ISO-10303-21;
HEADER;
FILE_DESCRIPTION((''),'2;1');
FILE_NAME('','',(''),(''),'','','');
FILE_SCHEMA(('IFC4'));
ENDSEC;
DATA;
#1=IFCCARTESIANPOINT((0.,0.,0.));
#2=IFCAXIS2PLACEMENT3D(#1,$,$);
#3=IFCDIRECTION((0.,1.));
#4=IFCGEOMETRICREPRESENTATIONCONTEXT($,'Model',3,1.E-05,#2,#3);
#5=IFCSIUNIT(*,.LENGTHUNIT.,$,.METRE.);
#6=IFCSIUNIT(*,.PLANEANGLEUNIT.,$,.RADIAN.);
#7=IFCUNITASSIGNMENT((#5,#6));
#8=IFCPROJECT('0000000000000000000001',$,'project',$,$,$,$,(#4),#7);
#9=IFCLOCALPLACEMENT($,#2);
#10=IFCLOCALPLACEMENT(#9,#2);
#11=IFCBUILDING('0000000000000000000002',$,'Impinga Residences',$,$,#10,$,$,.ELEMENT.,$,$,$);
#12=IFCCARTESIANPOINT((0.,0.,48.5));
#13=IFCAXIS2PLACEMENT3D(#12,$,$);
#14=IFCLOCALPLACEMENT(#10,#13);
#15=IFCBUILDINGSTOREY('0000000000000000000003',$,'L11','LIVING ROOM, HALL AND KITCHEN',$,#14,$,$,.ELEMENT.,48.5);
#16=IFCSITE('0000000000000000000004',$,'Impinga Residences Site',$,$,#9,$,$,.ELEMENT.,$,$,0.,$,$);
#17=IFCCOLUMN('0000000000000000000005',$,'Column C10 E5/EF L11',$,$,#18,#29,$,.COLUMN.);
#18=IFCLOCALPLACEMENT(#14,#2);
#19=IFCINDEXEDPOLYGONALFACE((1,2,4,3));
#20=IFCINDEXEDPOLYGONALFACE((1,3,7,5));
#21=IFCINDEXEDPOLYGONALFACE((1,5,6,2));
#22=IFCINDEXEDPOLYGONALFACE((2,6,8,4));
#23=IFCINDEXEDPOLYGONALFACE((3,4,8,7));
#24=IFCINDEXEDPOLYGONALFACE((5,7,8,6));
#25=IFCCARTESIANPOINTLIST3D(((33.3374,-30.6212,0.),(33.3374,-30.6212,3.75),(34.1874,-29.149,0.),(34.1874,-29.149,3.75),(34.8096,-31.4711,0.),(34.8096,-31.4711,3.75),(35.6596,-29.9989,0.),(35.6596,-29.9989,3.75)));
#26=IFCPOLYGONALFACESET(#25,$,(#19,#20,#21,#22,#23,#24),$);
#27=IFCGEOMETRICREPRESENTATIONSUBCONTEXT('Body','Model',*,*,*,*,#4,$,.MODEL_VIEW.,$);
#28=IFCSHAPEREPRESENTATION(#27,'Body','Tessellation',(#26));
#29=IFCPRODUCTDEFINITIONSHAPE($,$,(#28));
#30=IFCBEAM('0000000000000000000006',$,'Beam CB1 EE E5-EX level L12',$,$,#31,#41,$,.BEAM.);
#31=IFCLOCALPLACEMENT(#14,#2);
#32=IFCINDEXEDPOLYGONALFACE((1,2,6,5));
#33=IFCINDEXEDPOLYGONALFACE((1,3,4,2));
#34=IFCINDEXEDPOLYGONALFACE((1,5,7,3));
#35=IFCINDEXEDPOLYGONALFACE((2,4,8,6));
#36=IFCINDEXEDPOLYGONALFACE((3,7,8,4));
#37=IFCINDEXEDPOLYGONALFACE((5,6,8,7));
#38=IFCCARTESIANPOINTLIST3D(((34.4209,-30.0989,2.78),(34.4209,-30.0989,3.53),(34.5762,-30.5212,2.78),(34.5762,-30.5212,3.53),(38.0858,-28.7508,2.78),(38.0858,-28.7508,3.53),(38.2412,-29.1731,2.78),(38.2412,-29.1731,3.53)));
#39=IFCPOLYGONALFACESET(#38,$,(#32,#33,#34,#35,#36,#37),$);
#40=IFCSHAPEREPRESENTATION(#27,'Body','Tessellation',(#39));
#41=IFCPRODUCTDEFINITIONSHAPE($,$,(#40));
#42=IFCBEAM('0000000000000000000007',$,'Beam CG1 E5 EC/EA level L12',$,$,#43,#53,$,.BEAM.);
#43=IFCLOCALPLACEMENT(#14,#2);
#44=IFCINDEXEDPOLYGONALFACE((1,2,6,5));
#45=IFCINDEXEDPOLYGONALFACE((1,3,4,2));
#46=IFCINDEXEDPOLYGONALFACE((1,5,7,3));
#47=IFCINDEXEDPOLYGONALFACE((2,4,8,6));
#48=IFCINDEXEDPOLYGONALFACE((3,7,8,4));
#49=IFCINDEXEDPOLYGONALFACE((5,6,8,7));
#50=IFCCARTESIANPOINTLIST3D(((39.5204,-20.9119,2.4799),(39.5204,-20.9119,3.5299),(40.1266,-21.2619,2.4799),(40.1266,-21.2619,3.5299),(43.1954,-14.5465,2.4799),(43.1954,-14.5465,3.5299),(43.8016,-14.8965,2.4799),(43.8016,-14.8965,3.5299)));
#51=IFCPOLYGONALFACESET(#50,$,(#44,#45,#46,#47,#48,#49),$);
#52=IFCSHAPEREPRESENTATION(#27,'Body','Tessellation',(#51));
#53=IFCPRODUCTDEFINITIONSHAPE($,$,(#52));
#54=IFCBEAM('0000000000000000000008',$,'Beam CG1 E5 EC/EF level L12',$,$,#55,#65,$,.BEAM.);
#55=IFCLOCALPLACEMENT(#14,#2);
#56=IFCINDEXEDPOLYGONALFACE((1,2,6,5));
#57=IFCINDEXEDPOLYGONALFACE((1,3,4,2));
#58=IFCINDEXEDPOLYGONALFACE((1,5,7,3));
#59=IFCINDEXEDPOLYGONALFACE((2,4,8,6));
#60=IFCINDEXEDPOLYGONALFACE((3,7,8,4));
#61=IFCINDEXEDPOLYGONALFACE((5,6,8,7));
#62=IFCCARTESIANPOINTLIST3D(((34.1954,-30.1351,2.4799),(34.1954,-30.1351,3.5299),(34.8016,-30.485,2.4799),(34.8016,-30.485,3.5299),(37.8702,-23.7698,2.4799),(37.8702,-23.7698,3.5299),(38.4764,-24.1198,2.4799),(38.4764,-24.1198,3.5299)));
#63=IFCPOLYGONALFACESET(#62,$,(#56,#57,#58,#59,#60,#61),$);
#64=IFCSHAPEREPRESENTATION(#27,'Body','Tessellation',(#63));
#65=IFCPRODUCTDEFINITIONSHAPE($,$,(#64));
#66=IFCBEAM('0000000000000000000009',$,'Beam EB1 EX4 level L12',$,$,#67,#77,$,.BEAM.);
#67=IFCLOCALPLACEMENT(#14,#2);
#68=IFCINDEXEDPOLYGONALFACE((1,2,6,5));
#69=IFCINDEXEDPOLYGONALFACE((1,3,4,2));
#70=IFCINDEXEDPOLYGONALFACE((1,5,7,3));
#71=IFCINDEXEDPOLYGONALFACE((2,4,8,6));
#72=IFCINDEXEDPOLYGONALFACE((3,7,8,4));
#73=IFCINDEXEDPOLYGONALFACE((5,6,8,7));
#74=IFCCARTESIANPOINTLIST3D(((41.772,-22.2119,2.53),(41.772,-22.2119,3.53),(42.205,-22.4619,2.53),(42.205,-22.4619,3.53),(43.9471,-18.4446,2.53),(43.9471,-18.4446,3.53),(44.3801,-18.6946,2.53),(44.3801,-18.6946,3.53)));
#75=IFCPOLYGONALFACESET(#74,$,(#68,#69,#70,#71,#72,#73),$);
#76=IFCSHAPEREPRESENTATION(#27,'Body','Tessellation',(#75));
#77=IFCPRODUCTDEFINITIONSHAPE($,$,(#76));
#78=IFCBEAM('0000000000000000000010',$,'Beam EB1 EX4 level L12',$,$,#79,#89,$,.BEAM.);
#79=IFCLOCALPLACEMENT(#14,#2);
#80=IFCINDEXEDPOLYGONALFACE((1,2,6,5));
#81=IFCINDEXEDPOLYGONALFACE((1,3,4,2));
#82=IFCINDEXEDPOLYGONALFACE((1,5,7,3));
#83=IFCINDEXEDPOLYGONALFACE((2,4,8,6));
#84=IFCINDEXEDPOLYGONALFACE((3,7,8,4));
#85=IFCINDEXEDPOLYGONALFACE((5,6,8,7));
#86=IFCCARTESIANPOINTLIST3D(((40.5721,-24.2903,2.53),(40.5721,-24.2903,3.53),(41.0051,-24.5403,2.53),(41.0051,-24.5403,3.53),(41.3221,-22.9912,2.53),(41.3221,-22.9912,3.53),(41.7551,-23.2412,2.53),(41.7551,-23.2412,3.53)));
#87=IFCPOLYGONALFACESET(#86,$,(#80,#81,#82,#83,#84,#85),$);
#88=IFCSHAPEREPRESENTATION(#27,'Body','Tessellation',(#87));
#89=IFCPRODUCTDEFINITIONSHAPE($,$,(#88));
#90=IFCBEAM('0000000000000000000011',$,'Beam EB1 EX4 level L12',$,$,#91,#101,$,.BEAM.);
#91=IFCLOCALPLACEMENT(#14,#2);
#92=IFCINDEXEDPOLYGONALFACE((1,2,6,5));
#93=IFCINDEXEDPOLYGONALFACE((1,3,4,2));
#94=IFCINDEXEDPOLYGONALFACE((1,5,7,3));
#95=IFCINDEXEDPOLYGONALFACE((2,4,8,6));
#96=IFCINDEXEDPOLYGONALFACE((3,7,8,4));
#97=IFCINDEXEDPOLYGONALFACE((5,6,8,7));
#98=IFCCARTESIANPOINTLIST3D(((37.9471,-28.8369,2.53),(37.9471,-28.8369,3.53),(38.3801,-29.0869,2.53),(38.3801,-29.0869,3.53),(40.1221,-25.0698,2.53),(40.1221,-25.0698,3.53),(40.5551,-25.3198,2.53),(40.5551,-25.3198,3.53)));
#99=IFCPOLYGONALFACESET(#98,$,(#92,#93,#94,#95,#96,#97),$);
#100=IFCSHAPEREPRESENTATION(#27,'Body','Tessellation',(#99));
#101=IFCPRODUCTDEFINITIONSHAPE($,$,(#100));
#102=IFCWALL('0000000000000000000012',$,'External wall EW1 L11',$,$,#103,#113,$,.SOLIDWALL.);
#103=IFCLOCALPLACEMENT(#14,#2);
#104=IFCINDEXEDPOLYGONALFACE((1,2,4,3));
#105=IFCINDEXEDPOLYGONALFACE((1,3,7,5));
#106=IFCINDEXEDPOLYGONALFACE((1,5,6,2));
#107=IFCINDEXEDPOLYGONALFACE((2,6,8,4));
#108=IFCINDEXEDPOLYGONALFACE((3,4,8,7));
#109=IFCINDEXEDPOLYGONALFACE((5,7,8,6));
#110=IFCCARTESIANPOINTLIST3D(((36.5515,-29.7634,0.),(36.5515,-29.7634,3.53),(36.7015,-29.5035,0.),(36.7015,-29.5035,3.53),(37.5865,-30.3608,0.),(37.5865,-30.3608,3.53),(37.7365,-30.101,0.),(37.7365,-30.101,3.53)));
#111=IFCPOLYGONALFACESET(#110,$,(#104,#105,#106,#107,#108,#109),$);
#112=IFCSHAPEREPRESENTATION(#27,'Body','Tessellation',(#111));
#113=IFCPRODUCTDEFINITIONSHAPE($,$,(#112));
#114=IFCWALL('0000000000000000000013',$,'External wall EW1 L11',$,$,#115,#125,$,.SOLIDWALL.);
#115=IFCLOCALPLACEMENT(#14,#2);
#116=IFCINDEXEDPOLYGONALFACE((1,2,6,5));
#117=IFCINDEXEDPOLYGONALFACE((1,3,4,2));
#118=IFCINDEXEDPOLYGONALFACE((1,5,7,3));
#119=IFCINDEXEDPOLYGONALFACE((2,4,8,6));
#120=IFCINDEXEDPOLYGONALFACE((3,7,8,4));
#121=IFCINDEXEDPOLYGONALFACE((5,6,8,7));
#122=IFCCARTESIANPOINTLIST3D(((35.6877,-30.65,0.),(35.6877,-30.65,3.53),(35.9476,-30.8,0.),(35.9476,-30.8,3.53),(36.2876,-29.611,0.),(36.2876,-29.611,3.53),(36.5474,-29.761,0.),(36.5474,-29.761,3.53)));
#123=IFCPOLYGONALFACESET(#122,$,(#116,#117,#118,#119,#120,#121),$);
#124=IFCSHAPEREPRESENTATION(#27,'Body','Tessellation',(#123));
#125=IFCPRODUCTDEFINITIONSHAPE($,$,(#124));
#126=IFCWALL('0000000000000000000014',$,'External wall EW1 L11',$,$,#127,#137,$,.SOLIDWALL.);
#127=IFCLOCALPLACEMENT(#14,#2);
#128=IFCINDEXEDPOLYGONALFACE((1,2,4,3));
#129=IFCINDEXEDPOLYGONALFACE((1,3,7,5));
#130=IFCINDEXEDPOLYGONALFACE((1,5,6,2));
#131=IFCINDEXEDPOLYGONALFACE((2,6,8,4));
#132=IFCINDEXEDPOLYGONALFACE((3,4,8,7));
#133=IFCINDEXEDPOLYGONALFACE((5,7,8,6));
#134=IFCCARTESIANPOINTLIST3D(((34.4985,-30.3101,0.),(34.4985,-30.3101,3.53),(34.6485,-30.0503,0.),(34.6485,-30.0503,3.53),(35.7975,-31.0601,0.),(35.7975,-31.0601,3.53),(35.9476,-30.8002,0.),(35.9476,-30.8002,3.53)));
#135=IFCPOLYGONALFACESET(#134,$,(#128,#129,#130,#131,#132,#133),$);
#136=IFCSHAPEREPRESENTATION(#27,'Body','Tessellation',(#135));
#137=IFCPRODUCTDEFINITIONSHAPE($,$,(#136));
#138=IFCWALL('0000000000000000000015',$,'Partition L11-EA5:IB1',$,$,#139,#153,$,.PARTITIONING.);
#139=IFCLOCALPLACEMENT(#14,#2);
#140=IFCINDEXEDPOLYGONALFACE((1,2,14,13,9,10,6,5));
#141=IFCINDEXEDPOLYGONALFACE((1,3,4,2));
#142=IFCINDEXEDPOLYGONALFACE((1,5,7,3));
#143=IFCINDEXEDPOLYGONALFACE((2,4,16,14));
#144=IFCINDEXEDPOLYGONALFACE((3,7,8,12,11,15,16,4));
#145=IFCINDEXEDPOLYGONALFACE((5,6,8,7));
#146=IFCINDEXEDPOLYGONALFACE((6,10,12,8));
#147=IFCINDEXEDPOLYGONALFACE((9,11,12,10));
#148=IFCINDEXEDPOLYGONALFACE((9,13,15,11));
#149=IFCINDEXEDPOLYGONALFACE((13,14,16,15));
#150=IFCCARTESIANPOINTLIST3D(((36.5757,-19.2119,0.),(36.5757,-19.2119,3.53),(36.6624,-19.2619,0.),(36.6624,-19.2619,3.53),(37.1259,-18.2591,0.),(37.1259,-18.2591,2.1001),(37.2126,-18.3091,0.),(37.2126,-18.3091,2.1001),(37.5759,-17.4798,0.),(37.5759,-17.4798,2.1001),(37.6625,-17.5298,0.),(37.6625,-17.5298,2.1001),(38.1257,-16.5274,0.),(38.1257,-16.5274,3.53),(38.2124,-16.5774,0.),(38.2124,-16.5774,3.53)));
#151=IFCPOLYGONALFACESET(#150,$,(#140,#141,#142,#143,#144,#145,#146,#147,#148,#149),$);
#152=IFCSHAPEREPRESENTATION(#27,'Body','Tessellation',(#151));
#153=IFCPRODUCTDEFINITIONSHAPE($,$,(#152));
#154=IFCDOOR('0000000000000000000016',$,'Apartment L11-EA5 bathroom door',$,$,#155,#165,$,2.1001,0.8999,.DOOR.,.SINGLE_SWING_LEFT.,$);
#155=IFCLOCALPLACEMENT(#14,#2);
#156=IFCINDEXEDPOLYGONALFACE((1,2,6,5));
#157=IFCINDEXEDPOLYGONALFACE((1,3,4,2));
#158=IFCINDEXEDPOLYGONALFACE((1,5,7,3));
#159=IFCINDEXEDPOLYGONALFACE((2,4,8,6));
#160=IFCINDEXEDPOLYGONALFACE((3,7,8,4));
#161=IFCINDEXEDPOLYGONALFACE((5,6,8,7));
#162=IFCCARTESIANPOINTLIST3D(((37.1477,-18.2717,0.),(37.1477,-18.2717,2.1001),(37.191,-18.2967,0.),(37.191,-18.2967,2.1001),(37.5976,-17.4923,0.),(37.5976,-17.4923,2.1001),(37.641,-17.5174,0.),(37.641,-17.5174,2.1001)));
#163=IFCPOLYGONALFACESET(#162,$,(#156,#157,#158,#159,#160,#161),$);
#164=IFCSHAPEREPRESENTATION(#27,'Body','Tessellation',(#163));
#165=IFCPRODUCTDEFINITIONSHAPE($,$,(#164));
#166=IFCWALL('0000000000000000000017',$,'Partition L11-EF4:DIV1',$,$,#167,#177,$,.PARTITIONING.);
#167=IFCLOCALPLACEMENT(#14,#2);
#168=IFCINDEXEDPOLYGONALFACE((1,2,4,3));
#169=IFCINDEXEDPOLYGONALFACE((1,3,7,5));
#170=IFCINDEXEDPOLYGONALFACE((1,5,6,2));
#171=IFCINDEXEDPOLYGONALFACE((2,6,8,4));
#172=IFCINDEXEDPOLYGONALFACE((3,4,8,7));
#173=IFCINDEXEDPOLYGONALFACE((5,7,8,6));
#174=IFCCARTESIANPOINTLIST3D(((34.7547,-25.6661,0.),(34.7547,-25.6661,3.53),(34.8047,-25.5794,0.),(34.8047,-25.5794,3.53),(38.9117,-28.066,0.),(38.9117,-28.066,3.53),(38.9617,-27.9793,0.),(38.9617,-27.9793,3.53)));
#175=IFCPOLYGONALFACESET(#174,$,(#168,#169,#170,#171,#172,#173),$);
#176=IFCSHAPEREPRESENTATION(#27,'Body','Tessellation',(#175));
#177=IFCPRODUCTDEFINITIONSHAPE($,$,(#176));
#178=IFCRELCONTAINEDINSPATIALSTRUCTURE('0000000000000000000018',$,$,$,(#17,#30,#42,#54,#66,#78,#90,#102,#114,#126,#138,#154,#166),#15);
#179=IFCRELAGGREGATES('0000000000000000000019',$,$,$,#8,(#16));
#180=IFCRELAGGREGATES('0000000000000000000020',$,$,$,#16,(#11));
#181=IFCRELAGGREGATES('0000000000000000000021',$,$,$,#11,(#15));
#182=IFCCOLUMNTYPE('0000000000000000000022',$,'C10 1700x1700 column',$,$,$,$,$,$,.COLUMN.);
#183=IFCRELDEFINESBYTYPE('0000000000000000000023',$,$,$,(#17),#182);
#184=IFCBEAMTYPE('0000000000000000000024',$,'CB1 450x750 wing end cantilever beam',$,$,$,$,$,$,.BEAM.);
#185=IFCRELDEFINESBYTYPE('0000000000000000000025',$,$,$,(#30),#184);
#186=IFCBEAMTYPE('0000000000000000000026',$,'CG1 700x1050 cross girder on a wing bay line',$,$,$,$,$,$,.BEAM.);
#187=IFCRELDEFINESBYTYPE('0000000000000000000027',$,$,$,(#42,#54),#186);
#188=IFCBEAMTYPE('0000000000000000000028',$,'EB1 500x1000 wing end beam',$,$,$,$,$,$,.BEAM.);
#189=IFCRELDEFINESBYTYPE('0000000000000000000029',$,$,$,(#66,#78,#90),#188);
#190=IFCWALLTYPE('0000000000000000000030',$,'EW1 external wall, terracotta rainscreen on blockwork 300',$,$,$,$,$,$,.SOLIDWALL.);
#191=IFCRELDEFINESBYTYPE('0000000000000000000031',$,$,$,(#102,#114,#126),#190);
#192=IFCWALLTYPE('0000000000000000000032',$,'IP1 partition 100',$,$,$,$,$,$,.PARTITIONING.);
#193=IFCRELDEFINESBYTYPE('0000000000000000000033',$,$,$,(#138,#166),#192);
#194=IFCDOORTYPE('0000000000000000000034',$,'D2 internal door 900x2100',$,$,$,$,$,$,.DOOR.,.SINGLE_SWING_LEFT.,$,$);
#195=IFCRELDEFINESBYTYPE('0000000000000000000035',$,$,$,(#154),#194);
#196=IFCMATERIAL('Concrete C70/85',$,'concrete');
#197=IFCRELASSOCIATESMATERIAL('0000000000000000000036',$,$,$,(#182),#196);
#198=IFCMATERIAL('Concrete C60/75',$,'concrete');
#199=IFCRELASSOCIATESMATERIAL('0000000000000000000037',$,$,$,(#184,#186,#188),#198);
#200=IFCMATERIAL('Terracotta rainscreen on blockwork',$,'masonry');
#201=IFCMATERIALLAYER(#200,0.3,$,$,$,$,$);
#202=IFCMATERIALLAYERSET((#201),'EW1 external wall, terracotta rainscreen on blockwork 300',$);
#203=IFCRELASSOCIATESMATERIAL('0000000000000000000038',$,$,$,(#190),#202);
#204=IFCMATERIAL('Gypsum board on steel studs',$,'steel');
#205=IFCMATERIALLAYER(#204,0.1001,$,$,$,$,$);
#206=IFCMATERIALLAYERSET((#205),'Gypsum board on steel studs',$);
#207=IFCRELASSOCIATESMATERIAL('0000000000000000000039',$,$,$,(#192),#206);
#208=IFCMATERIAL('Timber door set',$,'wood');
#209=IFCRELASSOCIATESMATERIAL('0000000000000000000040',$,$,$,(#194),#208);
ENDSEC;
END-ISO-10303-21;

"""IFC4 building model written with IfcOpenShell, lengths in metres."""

from ifc_helpers import new_model, si_unit, direction, frame, frame_2d, origin, origin_2d, place, context, subcontext, project, spatial, rectangle, extrude, material, layer, layer_set, material_profile, profile_set, type_object, element, fill, save


model = new_model("IFC4")

# Units and contexts
model_context = context("Model", 3, precision=1e-05, world=origin(), true_north=direction((0.0, 1.0)))
body_context = subcontext(model_context, "Body", "Model", "MODEL_VIEW")
ifc_project = project(units=[si_unit("LENGTHUNIT", "METRE"), si_unit("PLANEANGLEUNIT", "RADIAN")], contexts=[model_context])

# Site, building, storey
site_placement = place(None, origin())
site = spatial("IfcSite", under=ifc_project, at=site_placement, Name="Impinga Residences Site", CompositionType="ELEMENT", RefElevation=0.0)
building_placement = place(site_placement, origin())
building = spatial("IfcBuilding", under=site, at=building_placement, Name="Impinga Residences", CompositionType="ELEMENT")
storey_placement = place(building_placement, frame((0.0, 0.0, 48.5)))
storey = spatial("IfcBuildingStorey", under=building, at=storey_placement, Name="L11", Description="LIVING ROOM, HALL AND KITCHEN", CompositionType="ELEMENT", Elevation=48.5)

# Column
ifc_material_1 = material(Name="Concrete C70/85", Category="concrete")
ifc_material_profile_1 = material_profile(ifc_material_1, rectangle(XDim=1.7, YDim=1.7, at=origin_2d()), Name="RC 1700x1700")
ifc_profile_set_1 = profile_set([ifc_material_profile_1], Name="Concrete C70/85")
column_type = type_object("IfcColumnType", Name="C10 1700x1700 column", PredefinedType="COLUMN", material=ifc_profile_set_1)
column_placement = place(storey_placement, frame((34.4985, -30.3101, 0.0), z_axis=(0.0, 0.0, 1.0), x_axis=(-0.5, -0.866025, 0.0)))
element("IfcColumn", 1, at=column_placement, inside=storey, type_object=column_type, Name="Column C10 E5/EF L11", PredefinedType="COLUMN", context=body_context, shape_type="SweptSolid", body=[
    extrude(rectangle(XDim=1.7, YDim=1.7, at=origin_2d()), origin(), (0.0, 0.0, 1.0), 3.75),
])

# Beams
ifc_material_2 = material(Name="Concrete C60/75", Category="concrete")
ifc_material_profile_2 = material_profile(ifc_material_2, rectangle(XDim=0.45, YDim=0.75, at=origin_2d()), Name="RC 450x750")
ifc_profile_set_2 = profile_set([ifc_material_profile_2], Name="Concrete C60/75")
beam_type_1 = type_object("IfcBeamType", Name="CB1 450x750 wing end cantilever beam", PredefinedType="BEAM", material=ifc_profile_set_2)
beam_1_placement = place(storey_placement, frame((34.4985, -30.3101, 3.155), z_axis=(0.93852, 0.345224, 0.0), x_axis=(-0.345224, 0.93852, 0.0)))
element("IfcBeam", 2, at=beam_1_placement, inside=storey, type_object=beam_type_1, Name="Beam CB1 EE E5-EX level L12", PredefinedType="BEAM", context=body_context, shape_type="SweptSolid", body=[
    extrude(rectangle(XDim=0.45, YDim=0.75, at=origin_2d()), origin(), (0.0, 0.0, 1.0), 3.905),
])
ifc_material_profile_3 = material_profile(ifc_material_2, rectangle(XDim=0.7, YDim=1.05, at=origin_2d()), Name="RC 700x1050")
ifc_profile_set_3 = profile_set([ifc_material_profile_3], Name="Concrete C60/75")
beam_type_2 = type_object("IfcBeamType", Name="CG1 700x1050 cross girder on a wing bay line", PredefinedType="BEAM", material=ifc_profile_set_3)
beam_2_placement = place(storey_placement, frame((39.8235, -21.0869, 3.0049), z_axis=(0.499994, 0.866029, 0.0), x_axis=(-0.866029, 0.499994, 0.0)))
element("IfcBeam", 3, at=beam_2_placement, inside=storey, type_object=beam_type_2, Name="Beam CG1 E5 EC/EA level L12", PredefinedType="BEAM", context=body_context, shape_type="SweptSolid", body=[
    extrude(rectangle(XDim=0.7, YDim=1.05, at=origin_2d()), origin(), (0.0, 0.0, 1.0), 7.3501),
])
beam_3_placement = place(storey_placement, frame((38.1733, -23.9448, 3.0049), z_axis=(-0.499983, -0.866035, 0.0), x_axis=(0.866035, -0.499983, 0.0)))
element("IfcBeam", 4, at=beam_3_placement, inside=storey, type_object=beam_type_2, Name="Beam CG1 E5 EC/EF level L12", PredefinedType="BEAM", context=body_context, shape_type="SweptSolid", body=[
    extrude(rectangle(XDim=0.7, YDim=1.05, at=origin_2d()), origin(), (0.0, 0.0, 1.0), 7.3499),
])
ifc_material_profile_4 = material_profile(ifc_material_2, rectangle(XDim=0.5, YDim=1.0, at=origin_2d()), Name="RC 500x1000")
ifc_profile_set_4 = profile_set([ifc_material_profile_4], Name="Concrete C60/75")
beam_type_3 = type_object("IfcBeamType", Name="EB1 500x1000 wing end beam", PredefinedType="BEAM", material=ifc_profile_set_4)
beam_4_placement = place(storey_placement, frame((44.1636, -18.5696, 3.03), z_axis=(-0.499996, -0.866028, 0.0), x_axis=(0.866028, -0.499996, 0.0)))
element("IfcBeam", 5, at=beam_4_placement, inside=storey, type_object=beam_type_3, Name="Beam EB1 EX4 level L12", PredefinedType="BEAM", context=body_context, shape_type="SweptSolid", body=[
    extrude(rectangle(XDim=0.5, YDim=1.0, at=origin_2d()), origin(), (0.0, 0.0, 1.0), 4.3501),
])
beam_5_placement = place(storey_placement, frame((41.5386, -23.1162, 3.03), z_axis=(-0.49999, -0.866031, 0.0), x_axis=(0.866031, -0.49999, 0.0)))
element("IfcBeam", 6, at=beam_5_placement, inside=storey, type_object=beam_type_3, Name="Beam EB1 EX4 level L12", PredefinedType="BEAM", context=body_context, shape_type="SweptSolid", body=[
    extrude(rectangle(XDim=0.5, YDim=1.0, at=origin_2d()), origin(), (0.0, 0.0, 1.0), 1.5),
])
beam_6_placement = place(storey_placement, frame((40.3386, -25.1948, 3.03), z_axis=(-0.50002, -0.866014, 0.0), x_axis=(0.866014, -0.50002, 0.0)))
element("IfcBeam", 7, at=beam_6_placement, inside=storey, type_object=beam_type_3, Name="Beam EB1 EX4 level L12", PredefinedType="BEAM", context=body_context, shape_type="SweptSolid", body=[
    extrude(rectangle(XDim=0.5, YDim=1.0, at=origin_2d()), origin(), (0.0, 0.0, 1.0), 4.3499),
])

# Walls
ifc_material_3 = material(Name="Terracotta rainscreen on blockwork", Category="masonry")
ifc_layer_1 = layer(ifc_material_3, 0.3)
ifc_layer_set_1 = layer_set([ifc_layer_1], Name="EW1 external wall, terracotta rainscreen on blockwork 300")
wall_type_1 = type_object("IfcWallType", Name="EW1 external wall, terracotta rainscreen on blockwork 300", PredefinedType="SOLIDWALL", material=ifc_layer_set_1)
wall_1_placement = place(storey_placement, frame((37.6616, -30.231, 0.0), z_axis=(0.0, 0.0, 1.0), x_axis=(-0.86606, 0.499941, 0.0)))
element("IfcWall", 8, at=wall_1_placement, inside=storey, type_object=wall_type_1, Name="External wall EW1 L11", PredefinedType="SOLIDWALL", context=body_context, shape_type="SweptSolid", body=[
    extrude(rectangle(XDim=1.1951, YDim=0.3, at=frame_2d((0.5977, 0.0))), origin(), (0.0, 0.0, 1.0), 3.53),
])
wall_2_placement = place(storey_placement, frame((36.4175, -29.686, 0.0), z_axis=(0.0, 0.0, 1.0), x_axis=(-0.499969, -0.866043, 0.0)))
element("IfcWall", 9, at=wall_2_placement, inside=storey, type_object=wall_type_1, Name="External wall EW1 L11", PredefinedType="SOLIDWALL", context=body_context, shape_type="SweptSolid", body=[
    extrude(rectangle(XDim=1.1997, YDim=0.3, at=frame_2d((0.5999, 0.0))), origin(), (0.0, 0.0, 1.0), 3.53),
])
wall_3_placement = place(storey_placement, frame((35.8726, -30.9302, 0.0), z_axis=(0.0, 0.0, 1.0), x_axis=(-0.866031, 0.49999, 0.0)))
element("IfcWall", 10, at=wall_3_placement, inside=storey, type_object=wall_type_1, Name="External wall EW1 L11", PredefinedType="SOLIDWALL", context=body_context, shape_type="SweptSolid", body=[
    extrude(rectangle(XDim=1.5, YDim=0.3, at=frame_2d((0.75, 0.0))), origin(), (0.0, 0.0, 1.0), 3.53),
])

# Wall, opening, door
ifc_material_4 = material(Name="Gypsum board on steel studs", Category="steel")
ifc_layer_2 = layer(ifc_material_4, 0.1001)
ifc_layer_set_2 = layer_set([ifc_layer_2], Name="Gypsum board on steel studs")
wall_type_2 = type_object("IfcWallType", Name="IP1 partition 100", PredefinedType="PARTITIONING", material=ifc_layer_set_2)
wall_4_placement = place(storey_placement, frame((36.6191, -19.2368, 0.0), z_axis=(0.0, 0.0, 1.0), x_axis=(0.500027, 0.86601, 0.0)))
wall_4 = element("IfcWall", 11, at=wall_4_placement, inside=storey, type_object=wall_type_2, Name="Partition L11-EA5:IB1", PredefinedType="PARTITIONING", context=body_context, shape_type="SweptSolid", body=[
    extrude(rectangle(XDim=3.0999, YDim=0.1001, at=frame_2d((1.5498, 0.0))), origin(), (0.0, 0.0, 1.0), 3.53),
])
opening_1_placement = place(wall_4_placement, frame((1.1001, 0.0, 0.0)))
opening_1 = element("IfcOpeningElement", 12, at=opening_1_placement, cuts=wall_4, PredefinedType="OPENING", context=body_context, shape_type="SweptSolid", body=[
    extrude(rectangle(XDim=0.8999, YDim=2.1001, at=frame_2d((0.45, 1.05))), frame((0.0, 0.0601, 0.0), z_axis=(0.0, -1.0, 0.0), x_axis=(1.0, 0.0, 0.0)), (0.0, 0.0, 1.0), 0.1201),
])
ifc_material_5 = material(Name="Timber door set", Category="wood")
door_type = type_object("IfcDoorType", Name="D2 internal door 900x2100", OperationType="SINGLE_SWING_LEFT", PredefinedType="DOOR", material=ifc_material_5)
door_1_placement = place(opening_1_placement, origin())
door_1 = element("IfcDoor", 13, at=door_1_placement, inside=storey, type_object=door_type, Name="Apartment L11-EA5 bathroom door", OperationType="SINGLE_SWING_LEFT", OverallHeight=2.1001, OverallWidth=0.8999, PredefinedType="DOOR", context=body_context, shape_type="SweptSolid", body=[
    extrude(rectangle(XDim=0.8999, YDim=2.1001, at=frame_2d((0.45, 1.05))), frame((0.0, 0.0249, 0.0), z_axis=(0.0, -1.0, 0.0), x_axis=(1.0, 0.0, 0.0)), (0.0, 0.0, 1.0), 0.05),
])
fill(opening_1, door_1)

# Wall
wall_5_placement = place(storey_placement, frame((34.7798, -25.6228, 0.0), z_axis=(0.0, 0.0, 1.0), x_axis=(0.866037, -0.499979, 0.0)))
element("IfcWall", 14, at=wall_5_placement, inside=storey, type_object=wall_type_2, Name="Partition L11-EF4:DIV1", PredefinedType="PARTITIONING", context=body_context, shape_type="SweptSolid", body=[
    extrude(rectangle(XDim=4.8, YDim=0.1001, at=frame_2d((2.3999, 0.0))), origin(), (0.0, 0.0, 1.0), 3.53),
])

save(model, "model.ifc")
